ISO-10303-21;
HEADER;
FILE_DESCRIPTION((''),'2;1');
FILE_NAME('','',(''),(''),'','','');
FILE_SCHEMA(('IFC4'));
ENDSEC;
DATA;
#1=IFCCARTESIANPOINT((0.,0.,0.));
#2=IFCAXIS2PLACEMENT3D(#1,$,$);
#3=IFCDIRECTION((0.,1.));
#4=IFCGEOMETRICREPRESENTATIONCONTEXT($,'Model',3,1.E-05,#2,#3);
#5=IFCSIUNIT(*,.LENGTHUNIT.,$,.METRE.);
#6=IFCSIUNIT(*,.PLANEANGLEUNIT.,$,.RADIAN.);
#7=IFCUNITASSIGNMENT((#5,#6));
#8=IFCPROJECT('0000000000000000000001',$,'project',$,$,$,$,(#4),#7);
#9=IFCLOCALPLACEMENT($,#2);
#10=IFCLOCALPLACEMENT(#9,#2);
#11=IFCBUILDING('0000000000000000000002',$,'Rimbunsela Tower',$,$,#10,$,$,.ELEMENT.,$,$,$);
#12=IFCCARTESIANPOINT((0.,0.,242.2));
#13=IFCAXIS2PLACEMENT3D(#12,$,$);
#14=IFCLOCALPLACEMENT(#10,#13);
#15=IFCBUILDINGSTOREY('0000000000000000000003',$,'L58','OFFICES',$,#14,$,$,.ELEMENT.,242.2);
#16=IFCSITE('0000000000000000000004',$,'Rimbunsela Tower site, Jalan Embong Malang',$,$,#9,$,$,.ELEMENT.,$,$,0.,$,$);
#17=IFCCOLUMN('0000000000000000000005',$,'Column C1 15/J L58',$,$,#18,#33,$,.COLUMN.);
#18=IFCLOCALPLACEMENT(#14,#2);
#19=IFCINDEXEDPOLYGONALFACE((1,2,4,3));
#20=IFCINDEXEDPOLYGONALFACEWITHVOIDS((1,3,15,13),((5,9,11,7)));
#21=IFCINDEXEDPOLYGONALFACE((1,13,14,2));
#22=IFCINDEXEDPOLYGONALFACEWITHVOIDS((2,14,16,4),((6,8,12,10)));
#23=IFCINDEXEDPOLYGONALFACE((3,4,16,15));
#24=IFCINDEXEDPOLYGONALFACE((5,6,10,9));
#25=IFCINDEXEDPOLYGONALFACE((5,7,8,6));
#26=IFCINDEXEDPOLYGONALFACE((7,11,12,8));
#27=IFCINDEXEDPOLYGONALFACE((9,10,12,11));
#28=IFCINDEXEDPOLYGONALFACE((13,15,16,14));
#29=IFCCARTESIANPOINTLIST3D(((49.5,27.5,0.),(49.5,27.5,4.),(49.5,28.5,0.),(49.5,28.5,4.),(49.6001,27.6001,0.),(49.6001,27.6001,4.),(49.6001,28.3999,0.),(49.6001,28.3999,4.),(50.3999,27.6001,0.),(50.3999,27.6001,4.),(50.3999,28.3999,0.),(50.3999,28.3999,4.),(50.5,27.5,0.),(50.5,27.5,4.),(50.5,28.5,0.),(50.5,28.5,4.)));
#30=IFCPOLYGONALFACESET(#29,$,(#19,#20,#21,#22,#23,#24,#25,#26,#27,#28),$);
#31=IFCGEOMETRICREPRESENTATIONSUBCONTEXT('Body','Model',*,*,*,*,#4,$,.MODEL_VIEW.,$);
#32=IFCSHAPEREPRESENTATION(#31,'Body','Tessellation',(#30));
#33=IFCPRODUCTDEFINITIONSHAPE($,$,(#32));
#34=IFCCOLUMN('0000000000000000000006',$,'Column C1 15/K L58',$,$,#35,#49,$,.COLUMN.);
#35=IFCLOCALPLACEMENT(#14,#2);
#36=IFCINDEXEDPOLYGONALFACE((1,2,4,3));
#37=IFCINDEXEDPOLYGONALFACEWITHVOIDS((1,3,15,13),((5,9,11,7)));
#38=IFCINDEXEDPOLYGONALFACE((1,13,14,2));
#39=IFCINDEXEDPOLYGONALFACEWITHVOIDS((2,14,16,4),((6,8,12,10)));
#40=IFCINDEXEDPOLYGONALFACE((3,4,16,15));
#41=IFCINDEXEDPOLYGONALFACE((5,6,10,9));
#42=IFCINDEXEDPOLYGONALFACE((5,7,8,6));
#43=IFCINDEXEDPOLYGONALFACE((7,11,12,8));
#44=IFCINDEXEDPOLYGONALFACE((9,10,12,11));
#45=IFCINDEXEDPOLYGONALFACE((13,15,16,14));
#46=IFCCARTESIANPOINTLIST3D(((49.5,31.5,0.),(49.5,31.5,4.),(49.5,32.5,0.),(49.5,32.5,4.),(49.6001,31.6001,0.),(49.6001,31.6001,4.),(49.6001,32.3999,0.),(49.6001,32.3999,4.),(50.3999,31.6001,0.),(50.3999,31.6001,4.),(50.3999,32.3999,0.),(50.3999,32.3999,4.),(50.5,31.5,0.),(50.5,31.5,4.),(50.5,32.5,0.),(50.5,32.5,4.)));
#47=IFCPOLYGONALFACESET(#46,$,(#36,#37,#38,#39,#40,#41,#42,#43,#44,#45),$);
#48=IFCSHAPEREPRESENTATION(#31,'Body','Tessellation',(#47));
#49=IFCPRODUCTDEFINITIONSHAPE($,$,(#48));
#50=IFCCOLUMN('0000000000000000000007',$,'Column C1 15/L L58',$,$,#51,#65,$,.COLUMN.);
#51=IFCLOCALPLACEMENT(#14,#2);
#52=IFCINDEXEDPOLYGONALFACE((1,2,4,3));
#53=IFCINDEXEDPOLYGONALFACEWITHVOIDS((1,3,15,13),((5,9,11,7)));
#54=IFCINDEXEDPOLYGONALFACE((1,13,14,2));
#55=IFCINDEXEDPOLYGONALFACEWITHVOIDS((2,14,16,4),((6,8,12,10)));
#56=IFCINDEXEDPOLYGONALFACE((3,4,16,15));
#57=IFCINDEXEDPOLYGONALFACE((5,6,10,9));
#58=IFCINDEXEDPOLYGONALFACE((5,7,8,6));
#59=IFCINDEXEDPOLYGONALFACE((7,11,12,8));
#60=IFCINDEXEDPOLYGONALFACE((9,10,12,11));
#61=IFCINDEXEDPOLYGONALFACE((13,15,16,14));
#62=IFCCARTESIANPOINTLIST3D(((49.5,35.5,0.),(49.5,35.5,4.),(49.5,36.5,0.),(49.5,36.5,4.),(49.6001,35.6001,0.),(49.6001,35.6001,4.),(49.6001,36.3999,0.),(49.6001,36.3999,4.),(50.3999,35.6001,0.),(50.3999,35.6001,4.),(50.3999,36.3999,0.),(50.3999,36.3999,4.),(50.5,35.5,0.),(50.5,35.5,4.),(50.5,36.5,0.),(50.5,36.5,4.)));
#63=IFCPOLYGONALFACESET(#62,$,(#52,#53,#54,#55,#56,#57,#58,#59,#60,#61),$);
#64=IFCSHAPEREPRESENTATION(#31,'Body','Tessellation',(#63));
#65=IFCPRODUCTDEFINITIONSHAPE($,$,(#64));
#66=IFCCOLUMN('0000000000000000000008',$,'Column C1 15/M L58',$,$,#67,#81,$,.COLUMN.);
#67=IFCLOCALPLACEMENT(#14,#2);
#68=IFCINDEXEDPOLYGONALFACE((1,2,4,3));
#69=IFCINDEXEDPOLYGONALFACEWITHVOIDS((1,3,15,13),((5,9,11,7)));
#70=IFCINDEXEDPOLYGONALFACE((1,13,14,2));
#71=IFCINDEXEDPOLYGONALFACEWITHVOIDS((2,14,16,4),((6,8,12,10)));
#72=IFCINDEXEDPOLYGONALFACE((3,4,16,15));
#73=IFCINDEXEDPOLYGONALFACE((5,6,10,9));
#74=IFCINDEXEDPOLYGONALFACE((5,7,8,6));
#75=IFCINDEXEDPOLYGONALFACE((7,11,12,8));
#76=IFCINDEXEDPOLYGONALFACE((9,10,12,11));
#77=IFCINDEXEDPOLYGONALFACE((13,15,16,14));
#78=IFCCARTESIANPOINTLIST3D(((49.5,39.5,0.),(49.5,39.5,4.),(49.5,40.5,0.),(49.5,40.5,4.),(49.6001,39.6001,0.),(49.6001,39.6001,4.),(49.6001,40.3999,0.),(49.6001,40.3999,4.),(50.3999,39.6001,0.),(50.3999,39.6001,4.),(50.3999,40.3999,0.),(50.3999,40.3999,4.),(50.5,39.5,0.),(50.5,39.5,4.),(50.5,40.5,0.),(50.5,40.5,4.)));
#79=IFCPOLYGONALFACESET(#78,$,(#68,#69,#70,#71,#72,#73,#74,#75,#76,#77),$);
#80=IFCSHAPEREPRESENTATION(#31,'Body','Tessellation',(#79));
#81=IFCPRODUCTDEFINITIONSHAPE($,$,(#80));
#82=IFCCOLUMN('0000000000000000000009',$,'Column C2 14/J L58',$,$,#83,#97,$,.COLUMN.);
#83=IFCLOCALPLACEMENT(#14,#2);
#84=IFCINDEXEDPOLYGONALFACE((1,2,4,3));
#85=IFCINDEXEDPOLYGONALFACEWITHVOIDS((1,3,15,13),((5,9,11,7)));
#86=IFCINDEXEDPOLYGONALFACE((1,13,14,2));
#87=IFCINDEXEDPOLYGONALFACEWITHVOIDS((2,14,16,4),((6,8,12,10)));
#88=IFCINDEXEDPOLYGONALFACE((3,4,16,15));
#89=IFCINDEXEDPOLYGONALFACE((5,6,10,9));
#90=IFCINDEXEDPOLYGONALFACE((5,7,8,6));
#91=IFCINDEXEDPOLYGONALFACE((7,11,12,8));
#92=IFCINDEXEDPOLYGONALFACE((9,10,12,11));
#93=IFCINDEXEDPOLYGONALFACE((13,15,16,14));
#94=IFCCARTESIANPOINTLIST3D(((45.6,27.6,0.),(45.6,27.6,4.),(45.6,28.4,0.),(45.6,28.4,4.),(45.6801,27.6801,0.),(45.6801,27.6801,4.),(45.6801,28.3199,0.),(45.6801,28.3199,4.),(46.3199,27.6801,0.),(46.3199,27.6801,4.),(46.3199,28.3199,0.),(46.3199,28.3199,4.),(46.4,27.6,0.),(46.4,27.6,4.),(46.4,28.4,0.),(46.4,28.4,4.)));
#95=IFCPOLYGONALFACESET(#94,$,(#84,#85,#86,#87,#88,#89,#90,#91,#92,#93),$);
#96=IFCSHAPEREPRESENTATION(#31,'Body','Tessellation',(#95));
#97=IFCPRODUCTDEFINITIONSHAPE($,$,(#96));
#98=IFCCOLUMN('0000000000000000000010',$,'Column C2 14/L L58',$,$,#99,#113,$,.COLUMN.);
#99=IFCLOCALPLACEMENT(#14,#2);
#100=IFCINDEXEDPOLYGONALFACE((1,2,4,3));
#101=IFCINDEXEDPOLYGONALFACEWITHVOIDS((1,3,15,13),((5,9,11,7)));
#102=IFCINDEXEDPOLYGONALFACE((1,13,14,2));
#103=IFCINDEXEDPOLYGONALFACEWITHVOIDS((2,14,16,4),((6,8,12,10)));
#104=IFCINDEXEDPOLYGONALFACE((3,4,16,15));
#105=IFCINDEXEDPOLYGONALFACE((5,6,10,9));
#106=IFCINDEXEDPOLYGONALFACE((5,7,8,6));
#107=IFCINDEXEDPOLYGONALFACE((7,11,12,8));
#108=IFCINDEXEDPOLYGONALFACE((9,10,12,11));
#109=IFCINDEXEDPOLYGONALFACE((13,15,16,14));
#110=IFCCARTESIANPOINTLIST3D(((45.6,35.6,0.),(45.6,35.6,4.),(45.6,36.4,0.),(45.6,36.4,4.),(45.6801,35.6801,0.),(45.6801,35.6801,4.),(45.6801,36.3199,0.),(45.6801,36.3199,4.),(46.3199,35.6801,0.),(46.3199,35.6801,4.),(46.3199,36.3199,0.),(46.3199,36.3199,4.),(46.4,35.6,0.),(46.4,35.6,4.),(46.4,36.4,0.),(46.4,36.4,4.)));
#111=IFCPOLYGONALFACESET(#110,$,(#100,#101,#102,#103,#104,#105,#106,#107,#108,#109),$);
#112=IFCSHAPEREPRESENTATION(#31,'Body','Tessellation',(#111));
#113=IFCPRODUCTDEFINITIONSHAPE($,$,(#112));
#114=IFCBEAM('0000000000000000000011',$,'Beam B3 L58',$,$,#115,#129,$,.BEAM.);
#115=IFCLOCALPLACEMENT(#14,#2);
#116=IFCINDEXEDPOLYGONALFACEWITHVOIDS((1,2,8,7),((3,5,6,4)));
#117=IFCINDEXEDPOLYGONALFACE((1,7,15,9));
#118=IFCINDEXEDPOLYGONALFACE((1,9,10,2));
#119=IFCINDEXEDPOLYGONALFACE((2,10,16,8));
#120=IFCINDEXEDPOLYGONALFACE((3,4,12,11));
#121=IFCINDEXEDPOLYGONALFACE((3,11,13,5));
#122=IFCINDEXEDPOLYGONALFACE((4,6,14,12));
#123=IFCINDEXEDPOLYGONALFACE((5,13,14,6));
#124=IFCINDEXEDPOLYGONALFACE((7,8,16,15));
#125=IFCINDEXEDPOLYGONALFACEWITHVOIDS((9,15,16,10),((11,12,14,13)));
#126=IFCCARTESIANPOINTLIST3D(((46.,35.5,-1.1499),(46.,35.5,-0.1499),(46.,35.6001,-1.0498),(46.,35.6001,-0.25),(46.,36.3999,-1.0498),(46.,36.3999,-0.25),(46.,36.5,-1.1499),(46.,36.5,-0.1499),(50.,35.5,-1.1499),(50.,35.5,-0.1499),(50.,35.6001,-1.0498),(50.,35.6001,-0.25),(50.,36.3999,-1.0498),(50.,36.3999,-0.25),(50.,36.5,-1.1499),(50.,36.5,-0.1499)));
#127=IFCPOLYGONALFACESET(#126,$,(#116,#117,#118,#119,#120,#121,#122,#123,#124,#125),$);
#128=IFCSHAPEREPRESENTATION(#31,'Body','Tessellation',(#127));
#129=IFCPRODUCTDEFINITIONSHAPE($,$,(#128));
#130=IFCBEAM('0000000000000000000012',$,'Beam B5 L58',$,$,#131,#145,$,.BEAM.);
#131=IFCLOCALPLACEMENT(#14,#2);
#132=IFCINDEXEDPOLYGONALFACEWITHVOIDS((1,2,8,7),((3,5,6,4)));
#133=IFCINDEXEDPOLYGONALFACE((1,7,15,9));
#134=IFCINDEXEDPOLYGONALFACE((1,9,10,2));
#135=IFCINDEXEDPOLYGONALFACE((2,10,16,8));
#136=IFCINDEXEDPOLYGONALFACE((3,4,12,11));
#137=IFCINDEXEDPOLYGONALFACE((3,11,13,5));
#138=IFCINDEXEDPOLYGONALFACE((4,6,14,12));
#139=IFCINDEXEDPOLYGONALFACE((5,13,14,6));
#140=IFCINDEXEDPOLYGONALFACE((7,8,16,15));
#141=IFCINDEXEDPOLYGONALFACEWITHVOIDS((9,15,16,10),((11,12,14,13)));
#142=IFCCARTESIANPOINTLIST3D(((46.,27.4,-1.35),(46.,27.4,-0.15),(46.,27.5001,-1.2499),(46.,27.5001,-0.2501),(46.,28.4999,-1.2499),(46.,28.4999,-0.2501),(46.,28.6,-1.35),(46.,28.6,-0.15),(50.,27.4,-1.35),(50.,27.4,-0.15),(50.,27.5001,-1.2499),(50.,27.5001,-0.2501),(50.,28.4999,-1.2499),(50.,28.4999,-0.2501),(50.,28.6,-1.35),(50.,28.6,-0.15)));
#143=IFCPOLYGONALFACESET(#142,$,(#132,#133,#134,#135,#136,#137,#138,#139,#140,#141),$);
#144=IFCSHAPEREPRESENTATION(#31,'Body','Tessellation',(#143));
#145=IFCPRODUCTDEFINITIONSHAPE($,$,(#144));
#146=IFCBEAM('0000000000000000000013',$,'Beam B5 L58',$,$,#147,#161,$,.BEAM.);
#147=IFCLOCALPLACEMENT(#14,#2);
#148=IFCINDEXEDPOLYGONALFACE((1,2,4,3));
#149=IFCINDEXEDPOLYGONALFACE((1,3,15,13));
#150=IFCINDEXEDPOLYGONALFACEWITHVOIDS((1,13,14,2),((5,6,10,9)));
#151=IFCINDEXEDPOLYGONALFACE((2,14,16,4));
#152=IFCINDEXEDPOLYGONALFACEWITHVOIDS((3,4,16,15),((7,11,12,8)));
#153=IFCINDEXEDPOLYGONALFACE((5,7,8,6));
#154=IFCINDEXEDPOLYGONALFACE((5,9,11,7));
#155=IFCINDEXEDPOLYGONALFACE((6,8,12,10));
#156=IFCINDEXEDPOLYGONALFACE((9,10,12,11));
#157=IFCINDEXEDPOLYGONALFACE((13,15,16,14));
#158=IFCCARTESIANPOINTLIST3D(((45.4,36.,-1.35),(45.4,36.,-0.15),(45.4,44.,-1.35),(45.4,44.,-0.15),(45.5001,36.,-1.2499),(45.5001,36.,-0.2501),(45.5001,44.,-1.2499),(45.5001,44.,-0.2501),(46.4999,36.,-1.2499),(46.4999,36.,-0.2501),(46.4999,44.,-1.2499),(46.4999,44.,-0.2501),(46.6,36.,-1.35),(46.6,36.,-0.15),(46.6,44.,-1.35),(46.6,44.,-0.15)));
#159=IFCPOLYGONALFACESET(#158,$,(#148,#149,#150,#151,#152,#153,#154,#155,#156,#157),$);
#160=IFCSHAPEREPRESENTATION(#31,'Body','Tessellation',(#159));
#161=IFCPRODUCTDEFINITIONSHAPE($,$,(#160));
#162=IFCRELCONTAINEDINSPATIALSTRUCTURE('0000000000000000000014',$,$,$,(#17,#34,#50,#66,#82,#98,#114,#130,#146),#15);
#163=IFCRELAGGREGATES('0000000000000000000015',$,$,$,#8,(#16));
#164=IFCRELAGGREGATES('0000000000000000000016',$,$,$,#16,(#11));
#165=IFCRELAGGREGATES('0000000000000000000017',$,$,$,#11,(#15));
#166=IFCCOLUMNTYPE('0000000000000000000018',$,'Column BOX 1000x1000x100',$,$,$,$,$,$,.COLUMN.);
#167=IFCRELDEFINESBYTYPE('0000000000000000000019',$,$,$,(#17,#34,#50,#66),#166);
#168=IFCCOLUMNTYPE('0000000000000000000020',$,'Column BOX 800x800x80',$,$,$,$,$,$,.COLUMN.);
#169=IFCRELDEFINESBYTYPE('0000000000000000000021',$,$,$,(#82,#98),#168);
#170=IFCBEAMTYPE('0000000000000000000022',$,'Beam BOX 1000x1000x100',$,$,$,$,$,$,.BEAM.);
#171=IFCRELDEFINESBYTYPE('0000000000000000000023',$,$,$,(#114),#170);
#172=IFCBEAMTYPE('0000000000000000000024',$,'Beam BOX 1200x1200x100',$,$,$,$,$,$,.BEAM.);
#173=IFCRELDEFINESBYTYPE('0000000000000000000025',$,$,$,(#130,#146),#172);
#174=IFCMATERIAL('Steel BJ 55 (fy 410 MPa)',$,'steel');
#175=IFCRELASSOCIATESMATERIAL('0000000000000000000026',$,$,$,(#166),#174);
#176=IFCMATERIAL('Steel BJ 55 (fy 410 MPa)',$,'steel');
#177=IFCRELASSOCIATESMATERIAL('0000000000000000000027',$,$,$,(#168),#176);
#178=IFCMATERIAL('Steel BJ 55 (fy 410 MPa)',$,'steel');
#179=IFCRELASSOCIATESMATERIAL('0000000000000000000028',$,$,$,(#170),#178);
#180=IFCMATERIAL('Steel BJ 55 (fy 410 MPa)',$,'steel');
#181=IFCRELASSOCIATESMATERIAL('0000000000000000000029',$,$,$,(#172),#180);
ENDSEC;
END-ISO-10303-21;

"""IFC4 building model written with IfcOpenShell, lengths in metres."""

from ifc_helpers import new_model, si_unit, direction, frame, origin, origin_2d, place, context, subcontext, project, spatial, hollow_rectangle, extrude, material, material_profile, profile_set, type_object, element, save


model = new_model("IFC4")

# Units and contexts
model_context = context("Model", 3, precision=1e-05, world=origin(), true_north=direction((0.0, 1.0)))
body_context = subcontext(model_context, "Body", "Model", "MODEL_VIEW")
ifc_project = project(units=[si_unit("LENGTHUNIT", "METRE"), si_unit("PLANEANGLEUNIT", "RADIAN")], contexts=[model_context])

# Site, building, storey
site_placement = place(None, origin())
site = spatial("IfcSite", under=ifc_project, at=site_placement, Name="Rimbunsela Tower site, Jalan Embong Malang", CompositionType="ELEMENT", RefElevation=0.0)
building_placement = place(site_placement, origin())
building = spatial("IfcBuilding", under=site, at=building_placement, Name="Rimbunsela Tower", CompositionType="ELEMENT")
storey_placement = place(building_placement, frame((0.0, 0.0, 242.2)))
storey = spatial("IfcBuildingStorey", under=building, at=storey_placement, Name="L58", Description="OFFICES", CompositionType="ELEMENT", Elevation=242.2)

# Columns
ifc_material_1 = material(Name="Steel BJ 55 (fy 410 MPa)", Category="steel")
ifc_material_profile_1 = material_profile(ifc_material_1, hollow_rectangle(XDim=1.0, YDim=1.0, WallThickness=0.1001, at=origin_2d()), Name="BOX 1000x1000x100")
ifc_profile_set_1 = profile_set([ifc_material_profile_1], Name="Steel BJ 55 (fy 410 MPa)")
column_type_1 = type_object("IfcColumnType", Name="Column BOX 1000x1000x100", PredefinedType="COLUMN", material=ifc_profile_set_1)
for number, where, z_axis, x_axis, name in (
    (1, (50.0, 28.0, 0.0), (0.0, 0.0, 1.0), (1.0, 0.0, 0.0), "Column C1 15/J L58"),
    (2, (50.0, 32.0, 0.0), (0.0, 0.0, 1.0), (1.0, 0.0, 0.0), "Column C1 15/K L58"),
    (3, (50.0, 36.0, 0.0), (0.0, 0.0, 1.0), (1.0, 0.0, 0.0), "Column C1 15/L L58"),
    (4, (50.0, 40.0, 0.0), (0.0, 0.0, 1.0), (1.0, 0.0, 0.0), "Column C1 15/M L58"),
):
    element("IfcColumn", number, at=place(storey_placement, frame(where, z_axis=z_axis, x_axis=x_axis)), inside=storey, type_object=column_type_1, Name=name, PredefinedType="COLUMN", context=body_context, shape_type="SweptSolid", body=[
        extrude(hollow_rectangle(XDim=1.0, YDim=1.0, WallThickness=0.1001, at=origin_2d()), origin(), (0.0, 0.0, 1.0), 4.0),
    ])
ifc_material_2 = material(Name="Steel BJ 55 (fy 410 MPa)", Category="steel")
ifc_material_profile_2 = material_profile(ifc_material_2, hollow_rectangle(XDim=0.8, YDim=0.8, WallThickness=0.0801, at=origin_2d()), Name="BOX 800x800x80")
ifc_profile_set_2 = profile_set([ifc_material_profile_2], Name="Steel BJ 55 (fy 410 MPa)")
column_type_2 = type_object("IfcColumnType", Name="Column BOX 800x800x80", PredefinedType="COLUMN", material=ifc_profile_set_2)
for number, where, z_axis, x_axis, name in (
    (5, (46.0, 28.0, 0.0), (0.0, 0.0, 1.0), (1.0, 0.0, 0.0), "Column C2 14/J L58"),
    (6, (46.0, 36.0, 0.0), (0.0, 0.0, 1.0), (1.0, 0.0, 0.0), "Column C2 14/L L58"),
):
    element("IfcColumn", number, at=place(storey_placement, frame(where, z_axis=z_axis, x_axis=x_axis)), inside=storey, type_object=column_type_2, Name=name, PredefinedType="COLUMN", context=body_context, shape_type="SweptSolid", body=[
        extrude(hollow_rectangle(XDim=0.8, YDim=0.8, WallThickness=0.0801, at=origin_2d()), origin(), (0.0, 0.0, 1.0), 4.0),
    ])

# Beams
ifc_material_3 = material(Name="Steel BJ 55 (fy 410 MPa)", Category="steel")
ifc_material_profile_3 = material_profile(ifc_material_3, hollow_rectangle(XDim=1.0, YDim=1.0, WallThickness=0.1001, at=origin_2d()), Name="BOX 1000x1000x100")
ifc_profile_set_3 = profile_set([ifc_material_profile_3], Name="Steel BJ 55 (fy 410 MPa)")
beam_type_1 = type_object("IfcBeamType", Name="Beam BOX 1000x1000x100", PredefinedType="BEAM", material=ifc_profile_set_3)
beam_1_placement = place(storey_placement, frame((46.0, 36.0, -0.6499), z_axis=(1.0, 0.0, 0.0), x_axis=(0.0, 1.0, 0.0)))
element("IfcBeam", 7, at=beam_1_placement, inside=storey, type_object=beam_type_1, Name="Beam B3 L58", PredefinedType="BEAM", context=body_context, shape_type="SweptSolid", body=[
    extrude(hollow_rectangle(XDim=1.0, YDim=1.0, WallThickness=0.1001, at=origin_2d()), origin(), (0.0, 0.0, 1.0), 4.0),
])
ifc_material_4 = material(Name="Steel BJ 55 (fy 410 MPa)", Category="steel")
ifc_material_profile_4 = material_profile(ifc_material_4, hollow_rectangle(XDim=1.2, YDim=1.2, WallThickness=0.1001, at=origin_2d()), Name="BOX 1200x1200x100")
ifc_profile_set_4 = profile_set([ifc_material_profile_4], Name="Steel BJ 55 (fy 410 MPa)")
beam_type_2 = type_object("IfcBeamType", Name="Beam BOX 1200x1200x100", PredefinedType="BEAM", material=ifc_profile_set_4)
beam_2_placement = place(storey_placement, frame((46.0, 28.0, -0.75), z_axis=(1.0, 0.0, 0.0), x_axis=(0.0, 1.0, 0.0)))
element("IfcBeam", 8, at=beam_2_placement, inside=storey, type_object=beam_type_2, Name="Beam B5 L58", PredefinedType="BEAM", context=body_context, shape_type="SweptSolid", body=[
    extrude(hollow_rectangle(XDim=1.2, YDim=1.2, WallThickness=0.1001, at=origin_2d()), origin(), (0.0, 0.0, 1.0), 4.0),
])
beam_3_placement = place(storey_placement, frame((46.0, 36.0, -0.75), z_axis=(0.0, 1.0, 0.0), x_axis=(-1.0, 0.0, 0.0)))
element("IfcBeam", 9, at=beam_3_placement, inside=storey, type_object=beam_type_2, Name="Beam B5 L58", PredefinedType="BEAM", context=body_context, shape_type="SweptSolid", body=[
    extrude(hollow_rectangle(XDim=1.2, YDim=1.2, WallThickness=0.1001, at=origin_2d()), origin(), (0.0, 0.0, 1.0), 8.0),
])

save(model, "model.ifc")
